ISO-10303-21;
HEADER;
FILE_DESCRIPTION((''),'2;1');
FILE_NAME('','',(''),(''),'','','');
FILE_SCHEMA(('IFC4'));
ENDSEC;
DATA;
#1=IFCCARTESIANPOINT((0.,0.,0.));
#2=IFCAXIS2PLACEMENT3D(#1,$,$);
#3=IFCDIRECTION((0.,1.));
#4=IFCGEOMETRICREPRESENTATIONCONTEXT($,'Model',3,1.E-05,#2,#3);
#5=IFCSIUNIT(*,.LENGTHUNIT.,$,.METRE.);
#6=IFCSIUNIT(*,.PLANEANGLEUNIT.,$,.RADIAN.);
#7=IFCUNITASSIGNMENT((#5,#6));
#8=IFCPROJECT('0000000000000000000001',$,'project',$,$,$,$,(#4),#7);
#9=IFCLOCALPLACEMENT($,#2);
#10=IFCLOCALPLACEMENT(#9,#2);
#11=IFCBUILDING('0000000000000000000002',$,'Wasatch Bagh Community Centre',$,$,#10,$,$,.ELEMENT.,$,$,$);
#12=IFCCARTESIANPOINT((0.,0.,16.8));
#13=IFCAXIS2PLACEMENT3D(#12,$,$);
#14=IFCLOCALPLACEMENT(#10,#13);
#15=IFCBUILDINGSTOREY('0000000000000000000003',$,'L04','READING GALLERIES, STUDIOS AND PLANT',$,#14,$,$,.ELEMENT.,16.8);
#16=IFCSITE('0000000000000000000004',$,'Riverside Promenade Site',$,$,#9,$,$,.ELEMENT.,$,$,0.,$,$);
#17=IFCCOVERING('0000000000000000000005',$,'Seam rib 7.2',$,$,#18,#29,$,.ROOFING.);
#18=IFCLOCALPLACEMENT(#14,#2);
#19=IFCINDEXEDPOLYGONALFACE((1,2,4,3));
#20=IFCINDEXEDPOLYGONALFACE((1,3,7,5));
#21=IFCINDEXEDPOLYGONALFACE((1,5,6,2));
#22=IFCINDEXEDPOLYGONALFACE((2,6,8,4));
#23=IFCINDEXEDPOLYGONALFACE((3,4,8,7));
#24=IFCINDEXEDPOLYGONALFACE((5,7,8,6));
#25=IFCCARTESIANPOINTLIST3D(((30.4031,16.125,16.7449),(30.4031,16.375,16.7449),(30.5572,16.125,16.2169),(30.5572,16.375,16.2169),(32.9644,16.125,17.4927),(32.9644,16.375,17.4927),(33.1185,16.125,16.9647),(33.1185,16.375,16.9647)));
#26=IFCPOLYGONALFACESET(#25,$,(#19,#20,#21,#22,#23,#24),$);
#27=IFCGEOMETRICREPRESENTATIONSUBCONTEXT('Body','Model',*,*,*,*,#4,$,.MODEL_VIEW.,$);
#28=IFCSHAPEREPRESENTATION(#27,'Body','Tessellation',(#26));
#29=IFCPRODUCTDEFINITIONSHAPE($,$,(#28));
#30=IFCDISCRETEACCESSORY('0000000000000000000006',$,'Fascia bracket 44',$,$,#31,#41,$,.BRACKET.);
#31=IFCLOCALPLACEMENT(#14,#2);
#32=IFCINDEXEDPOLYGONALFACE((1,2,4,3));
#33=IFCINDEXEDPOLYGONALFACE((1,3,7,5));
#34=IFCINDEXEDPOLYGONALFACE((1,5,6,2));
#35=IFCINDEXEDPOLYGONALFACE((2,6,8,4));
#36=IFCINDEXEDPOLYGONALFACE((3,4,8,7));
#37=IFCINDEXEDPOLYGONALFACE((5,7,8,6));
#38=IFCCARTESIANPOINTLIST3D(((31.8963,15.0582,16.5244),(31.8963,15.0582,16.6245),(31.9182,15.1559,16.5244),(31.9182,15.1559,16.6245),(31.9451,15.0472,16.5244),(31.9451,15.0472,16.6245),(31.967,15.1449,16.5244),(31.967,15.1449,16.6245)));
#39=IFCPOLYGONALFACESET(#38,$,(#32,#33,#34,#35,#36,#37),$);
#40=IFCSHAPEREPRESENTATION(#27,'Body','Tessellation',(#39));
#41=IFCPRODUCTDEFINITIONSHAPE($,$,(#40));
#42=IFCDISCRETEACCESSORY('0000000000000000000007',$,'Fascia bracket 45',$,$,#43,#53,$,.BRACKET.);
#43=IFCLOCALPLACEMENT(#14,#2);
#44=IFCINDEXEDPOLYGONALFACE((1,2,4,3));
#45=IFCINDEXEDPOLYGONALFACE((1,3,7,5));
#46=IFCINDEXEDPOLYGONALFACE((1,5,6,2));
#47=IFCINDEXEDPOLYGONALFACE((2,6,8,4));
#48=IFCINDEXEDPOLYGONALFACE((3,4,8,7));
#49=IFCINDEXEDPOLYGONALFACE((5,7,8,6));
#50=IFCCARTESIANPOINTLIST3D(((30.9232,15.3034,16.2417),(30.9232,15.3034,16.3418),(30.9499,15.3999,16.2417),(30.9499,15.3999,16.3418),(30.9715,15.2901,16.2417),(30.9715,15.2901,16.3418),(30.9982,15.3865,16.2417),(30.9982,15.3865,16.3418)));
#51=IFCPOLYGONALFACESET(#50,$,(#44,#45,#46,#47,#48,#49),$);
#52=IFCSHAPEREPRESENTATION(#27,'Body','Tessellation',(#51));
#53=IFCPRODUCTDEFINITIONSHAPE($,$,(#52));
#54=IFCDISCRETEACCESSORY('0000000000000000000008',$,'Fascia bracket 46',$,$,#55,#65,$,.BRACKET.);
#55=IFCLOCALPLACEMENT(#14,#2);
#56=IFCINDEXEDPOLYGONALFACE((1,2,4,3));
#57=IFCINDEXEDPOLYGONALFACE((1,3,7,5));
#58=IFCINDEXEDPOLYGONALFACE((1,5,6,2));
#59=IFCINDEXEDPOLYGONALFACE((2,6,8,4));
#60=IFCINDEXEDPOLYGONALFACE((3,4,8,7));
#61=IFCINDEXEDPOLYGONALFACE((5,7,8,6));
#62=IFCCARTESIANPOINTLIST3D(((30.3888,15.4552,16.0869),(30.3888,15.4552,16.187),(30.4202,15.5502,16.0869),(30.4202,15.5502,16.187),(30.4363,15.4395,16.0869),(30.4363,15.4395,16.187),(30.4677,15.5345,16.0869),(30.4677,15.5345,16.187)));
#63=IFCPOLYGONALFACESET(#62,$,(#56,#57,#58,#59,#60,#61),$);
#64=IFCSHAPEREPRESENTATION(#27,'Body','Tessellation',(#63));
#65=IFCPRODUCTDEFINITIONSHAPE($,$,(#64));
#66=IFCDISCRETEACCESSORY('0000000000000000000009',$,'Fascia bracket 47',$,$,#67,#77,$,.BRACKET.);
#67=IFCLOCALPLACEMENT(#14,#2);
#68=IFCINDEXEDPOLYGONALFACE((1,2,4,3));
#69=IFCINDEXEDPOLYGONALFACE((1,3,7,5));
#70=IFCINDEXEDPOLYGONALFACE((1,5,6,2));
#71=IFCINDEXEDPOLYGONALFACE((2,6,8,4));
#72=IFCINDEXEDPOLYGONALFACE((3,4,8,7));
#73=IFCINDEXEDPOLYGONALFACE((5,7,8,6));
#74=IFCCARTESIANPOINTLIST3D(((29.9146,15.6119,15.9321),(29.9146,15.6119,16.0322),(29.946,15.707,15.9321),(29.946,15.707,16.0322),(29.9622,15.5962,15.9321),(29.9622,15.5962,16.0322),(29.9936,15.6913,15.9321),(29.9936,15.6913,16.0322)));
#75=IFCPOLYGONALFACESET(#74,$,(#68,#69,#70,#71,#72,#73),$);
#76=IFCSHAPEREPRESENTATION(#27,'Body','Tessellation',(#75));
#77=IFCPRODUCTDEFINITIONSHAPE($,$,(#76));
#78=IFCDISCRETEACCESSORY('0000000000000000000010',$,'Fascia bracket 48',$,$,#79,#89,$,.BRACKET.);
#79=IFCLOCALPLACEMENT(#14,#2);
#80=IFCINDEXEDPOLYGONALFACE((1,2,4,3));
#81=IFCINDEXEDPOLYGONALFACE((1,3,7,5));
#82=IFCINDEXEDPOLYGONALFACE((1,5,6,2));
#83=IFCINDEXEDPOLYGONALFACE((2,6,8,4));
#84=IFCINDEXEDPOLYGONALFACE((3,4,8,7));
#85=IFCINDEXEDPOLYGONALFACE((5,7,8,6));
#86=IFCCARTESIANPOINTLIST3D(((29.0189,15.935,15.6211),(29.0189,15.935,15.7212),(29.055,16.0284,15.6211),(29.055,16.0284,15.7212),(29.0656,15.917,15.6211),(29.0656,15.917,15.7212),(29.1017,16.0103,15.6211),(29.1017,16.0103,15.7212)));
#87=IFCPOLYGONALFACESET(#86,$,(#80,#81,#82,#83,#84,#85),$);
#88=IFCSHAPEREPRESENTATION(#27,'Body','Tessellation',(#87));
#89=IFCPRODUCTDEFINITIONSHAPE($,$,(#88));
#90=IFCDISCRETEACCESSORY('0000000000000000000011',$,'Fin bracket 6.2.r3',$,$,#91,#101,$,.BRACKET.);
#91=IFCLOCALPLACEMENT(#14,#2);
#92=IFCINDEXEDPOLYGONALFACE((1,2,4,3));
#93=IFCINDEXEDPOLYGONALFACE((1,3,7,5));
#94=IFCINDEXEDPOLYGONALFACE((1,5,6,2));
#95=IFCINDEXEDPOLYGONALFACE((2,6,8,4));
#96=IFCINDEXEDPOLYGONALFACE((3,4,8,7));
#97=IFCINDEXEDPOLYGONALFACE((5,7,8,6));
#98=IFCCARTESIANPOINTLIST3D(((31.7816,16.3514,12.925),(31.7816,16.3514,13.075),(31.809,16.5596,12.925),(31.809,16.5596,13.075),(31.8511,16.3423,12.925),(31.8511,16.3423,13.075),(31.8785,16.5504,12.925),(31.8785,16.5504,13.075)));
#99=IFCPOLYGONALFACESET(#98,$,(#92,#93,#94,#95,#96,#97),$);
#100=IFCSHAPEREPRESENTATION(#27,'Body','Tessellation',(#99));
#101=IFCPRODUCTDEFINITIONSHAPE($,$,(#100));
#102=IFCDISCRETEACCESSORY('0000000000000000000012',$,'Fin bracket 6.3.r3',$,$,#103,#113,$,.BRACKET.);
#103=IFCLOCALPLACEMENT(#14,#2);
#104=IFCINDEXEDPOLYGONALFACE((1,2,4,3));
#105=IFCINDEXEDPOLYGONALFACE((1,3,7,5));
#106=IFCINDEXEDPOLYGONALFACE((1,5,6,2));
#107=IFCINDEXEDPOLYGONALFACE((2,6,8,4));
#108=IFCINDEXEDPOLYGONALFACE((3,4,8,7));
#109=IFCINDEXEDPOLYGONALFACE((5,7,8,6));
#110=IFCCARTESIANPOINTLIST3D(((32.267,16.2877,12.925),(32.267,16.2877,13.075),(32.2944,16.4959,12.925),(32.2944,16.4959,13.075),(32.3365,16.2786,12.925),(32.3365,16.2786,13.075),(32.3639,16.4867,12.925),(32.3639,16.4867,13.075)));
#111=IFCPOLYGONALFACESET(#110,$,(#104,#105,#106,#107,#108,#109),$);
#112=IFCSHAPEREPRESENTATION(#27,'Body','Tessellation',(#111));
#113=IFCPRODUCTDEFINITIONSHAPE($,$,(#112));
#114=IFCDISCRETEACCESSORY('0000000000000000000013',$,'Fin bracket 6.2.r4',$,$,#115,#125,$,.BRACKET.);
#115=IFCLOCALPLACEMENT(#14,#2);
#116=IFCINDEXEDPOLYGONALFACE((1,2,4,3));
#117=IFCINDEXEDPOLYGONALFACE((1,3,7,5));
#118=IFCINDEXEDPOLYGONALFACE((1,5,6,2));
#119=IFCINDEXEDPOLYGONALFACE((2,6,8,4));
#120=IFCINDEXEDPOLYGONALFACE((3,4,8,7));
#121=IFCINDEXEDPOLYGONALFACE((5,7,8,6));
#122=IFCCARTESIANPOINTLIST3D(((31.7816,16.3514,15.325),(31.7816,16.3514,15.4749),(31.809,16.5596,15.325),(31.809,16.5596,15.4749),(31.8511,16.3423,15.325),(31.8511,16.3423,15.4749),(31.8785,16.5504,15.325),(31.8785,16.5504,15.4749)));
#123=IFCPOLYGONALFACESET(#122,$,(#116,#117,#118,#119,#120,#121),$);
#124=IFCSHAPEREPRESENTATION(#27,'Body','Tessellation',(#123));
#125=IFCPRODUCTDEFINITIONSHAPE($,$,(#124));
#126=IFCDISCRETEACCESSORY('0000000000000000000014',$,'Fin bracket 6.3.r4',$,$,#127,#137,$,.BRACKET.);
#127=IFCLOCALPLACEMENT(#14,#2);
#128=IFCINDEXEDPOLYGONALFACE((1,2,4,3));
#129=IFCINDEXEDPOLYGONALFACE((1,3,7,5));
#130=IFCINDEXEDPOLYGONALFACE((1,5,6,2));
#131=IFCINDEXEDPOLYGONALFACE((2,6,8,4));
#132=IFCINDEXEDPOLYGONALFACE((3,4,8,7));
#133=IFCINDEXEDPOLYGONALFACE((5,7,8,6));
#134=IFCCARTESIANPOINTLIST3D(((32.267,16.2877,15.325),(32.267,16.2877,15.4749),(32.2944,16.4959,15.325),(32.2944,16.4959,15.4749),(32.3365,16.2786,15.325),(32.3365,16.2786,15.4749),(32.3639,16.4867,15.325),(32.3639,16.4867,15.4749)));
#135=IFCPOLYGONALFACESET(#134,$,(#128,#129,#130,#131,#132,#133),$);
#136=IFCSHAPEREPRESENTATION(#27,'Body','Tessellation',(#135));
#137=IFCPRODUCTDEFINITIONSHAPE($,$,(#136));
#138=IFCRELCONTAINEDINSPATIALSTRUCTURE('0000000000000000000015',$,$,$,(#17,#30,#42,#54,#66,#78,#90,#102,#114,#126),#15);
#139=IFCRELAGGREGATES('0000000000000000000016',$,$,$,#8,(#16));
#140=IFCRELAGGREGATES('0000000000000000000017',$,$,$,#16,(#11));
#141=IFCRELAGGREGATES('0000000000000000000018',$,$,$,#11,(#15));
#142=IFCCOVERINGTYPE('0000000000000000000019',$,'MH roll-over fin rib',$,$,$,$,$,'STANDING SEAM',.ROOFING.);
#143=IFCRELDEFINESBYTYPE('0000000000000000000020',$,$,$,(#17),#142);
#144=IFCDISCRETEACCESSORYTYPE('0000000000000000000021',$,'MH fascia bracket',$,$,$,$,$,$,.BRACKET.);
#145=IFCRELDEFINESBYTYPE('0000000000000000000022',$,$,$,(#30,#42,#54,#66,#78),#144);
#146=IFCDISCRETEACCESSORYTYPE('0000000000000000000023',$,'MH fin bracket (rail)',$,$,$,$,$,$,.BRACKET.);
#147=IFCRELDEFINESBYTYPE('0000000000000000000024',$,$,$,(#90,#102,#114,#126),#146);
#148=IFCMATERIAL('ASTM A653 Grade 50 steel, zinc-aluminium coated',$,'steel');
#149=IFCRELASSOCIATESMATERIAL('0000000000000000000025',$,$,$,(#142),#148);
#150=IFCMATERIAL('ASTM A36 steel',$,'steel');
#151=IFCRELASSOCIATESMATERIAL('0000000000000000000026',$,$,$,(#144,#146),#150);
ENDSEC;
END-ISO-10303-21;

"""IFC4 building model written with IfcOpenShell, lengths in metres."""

from ifc_helpers import new_model, si_unit, direction, frame, origin, origin_2d, place, context, subcontext, project, spatial, polyline, rectangle, outline, extrude, material, type_object, element, save


model = new_model("IFC4")

# Units and contexts
model_context = context("Model", 3, precision=1e-05, world=origin(), true_north=direction((0.0, 1.0)))
body_context = subcontext(model_context, "Body", "Model", "MODEL_VIEW")
ifc_project = project(units=[si_unit("LENGTHUNIT", "METRE"), si_unit("PLANEANGLEUNIT", "RADIAN")], contexts=[model_context])

# Site, building, storey
site_placement = place(None, origin())
site = spatial("IfcSite", under=ifc_project, at=site_placement, Name="Riverside Promenade Site", CompositionType="ELEMENT", RefElevation=0.0)
building_placement = place(site_placement, origin())
building = spatial("IfcBuilding", under=site, at=building_placement, Name="Wasatch Bagh Community Centre", CompositionType="ELEMENT")
storey_placement = place(building_placement, frame((0.0, 0.0, 16.8)))
storey = spatial("IfcBuildingStorey", under=building, at=storey_placement, Name="L04", Description="READING GALLERIES, STUDIOS AND PLANT", CompositionType="ELEMENT", Elevation=16.8)

# Covering
ifc_material_1 = material(Name="ASTM A653 Grade 50 steel, zinc-aluminium coated", Category="steel")
covering_type_1 = type_object("IfcCoveringType", Name="MH roll-over fin rib", ElementType="STANDING SEAM", PredefinedType="ROOFING", material=ifc_material_1)
covering_1_placement = place(storey_placement, frame((30.4031, 16.125, 16.7449), z_axis=(-0.280264, 0.0, 0.959923), x_axis=(0.959923, 0.0, 0.280264)))
element("IfcCovering", 1, at=covering_1_placement, inside=storey, type_object=covering_type_1, Name="Seam rib 7.2", PredefinedType="ROOFING", context=body_context, shape_type="SweptSolid", body=[
    extrude(outline(polyline([(0.0, 0.0), (2.6682, 0.0), (2.6682, 0.25), (0.0, 0.25), (0.0, 0.0)])), origin(), (0.0, 0.0, -1.0), 0.55),
])

# Discrete accessories
ifc_material_2 = material(Name="ASTM A36 steel", Category="steel")
discrete_accessory_type_1 = type_object("IfcDiscreteAccessoryType", Name="MH fascia bracket", PredefinedType="BRACKET", material=ifc_material_2)
for number, where, z_axis, x_axis, name in (
    (2, (31.9316, 15.1016, 16.5244), (0.0, 0.0, 1.0), (-0.219101, -0.975702, 0.0), "Fascia bracket 44"),
    (3, (30.9607, 15.345, 16.2417), (0.0, 0.0, 1.0), (-0.266713, -0.963776, 0.0), "Fascia bracket 45"),
    (4, (30.4282, 15.4949, 16.0869), (0.0, 0.0, 1.0), (-0.313682, -0.949528, 0.0), "Fascia bracket 46"),
    (5, (29.9541, 15.6516, 15.9321), (0.0, 0.0, 1.0), (-0.313682, -0.949528, 0.0), "Fascia bracket 47"),
    (6, (29.0603, 15.9727, 15.6211), (0.0, 0.0, 1.0), (-0.359895, -0.932993, 0.0), "Fascia bracket 48"),
):
    element("IfcDiscreteAccessory", number, at=place(storey_placement, frame(where, z_axis=z_axis, x_axis=x_axis)), inside=storey, type_object=discrete_accessory_type_1, Name=name, PredefinedType="BRACKET", context=body_context, shape_type="SweptSolid", body=[
        extrude(rectangle(XDim=0.1001, YDim=0.05, at=origin_2d()), origin(), (0.0, 0.0, 1.0), 0.1001),
    ])
discrete_accessory_type_2 = type_object("IfcDiscreteAccessoryType", Name="MH fin bracket (rail)", PredefinedType="BRACKET", material=ifc_material_2)
for number, where, z_axis, x_axis, name in (
    (7, (31.8301, 16.4509, 12.925), (0.0, 0.0, 1.0), (0.991445, -0.130526, 0.0), "Fin bracket 6.2.r3"),
    (8, (32.3154, 16.3872, 12.925), (0.0, 0.0, 1.0), (0.991445, -0.130526, 0.0), "Fin bracket 6.3.r3"),
    (9, (31.8301, 16.4509, 15.325), (0.0, 0.0, 1.0), (0.991445, -0.130526, 0.0), "Fin bracket 6.2.r4"),
    (10, (32.3154, 16.3872, 15.325), (0.0, 0.0, 1.0), (0.991445, -0.130526, 0.0), "Fin bracket 6.3.r4"),
):
    element("IfcDiscreteAccessory", number, at=place(storey_placement, frame(where, z_axis=z_axis, x_axis=x_axis)), inside=storey, type_object=discrete_accessory_type_2, Name=name, PredefinedType="BRACKET", context=body_context, shape_type="SweptSolid", body=[
        extrude(rectangle(XDim=0.0701, YDim=0.21, at=origin_2d()), origin(), (0.0, 0.0, 1.0), 0.1499),
    ])

save(model, "model.ifc")
